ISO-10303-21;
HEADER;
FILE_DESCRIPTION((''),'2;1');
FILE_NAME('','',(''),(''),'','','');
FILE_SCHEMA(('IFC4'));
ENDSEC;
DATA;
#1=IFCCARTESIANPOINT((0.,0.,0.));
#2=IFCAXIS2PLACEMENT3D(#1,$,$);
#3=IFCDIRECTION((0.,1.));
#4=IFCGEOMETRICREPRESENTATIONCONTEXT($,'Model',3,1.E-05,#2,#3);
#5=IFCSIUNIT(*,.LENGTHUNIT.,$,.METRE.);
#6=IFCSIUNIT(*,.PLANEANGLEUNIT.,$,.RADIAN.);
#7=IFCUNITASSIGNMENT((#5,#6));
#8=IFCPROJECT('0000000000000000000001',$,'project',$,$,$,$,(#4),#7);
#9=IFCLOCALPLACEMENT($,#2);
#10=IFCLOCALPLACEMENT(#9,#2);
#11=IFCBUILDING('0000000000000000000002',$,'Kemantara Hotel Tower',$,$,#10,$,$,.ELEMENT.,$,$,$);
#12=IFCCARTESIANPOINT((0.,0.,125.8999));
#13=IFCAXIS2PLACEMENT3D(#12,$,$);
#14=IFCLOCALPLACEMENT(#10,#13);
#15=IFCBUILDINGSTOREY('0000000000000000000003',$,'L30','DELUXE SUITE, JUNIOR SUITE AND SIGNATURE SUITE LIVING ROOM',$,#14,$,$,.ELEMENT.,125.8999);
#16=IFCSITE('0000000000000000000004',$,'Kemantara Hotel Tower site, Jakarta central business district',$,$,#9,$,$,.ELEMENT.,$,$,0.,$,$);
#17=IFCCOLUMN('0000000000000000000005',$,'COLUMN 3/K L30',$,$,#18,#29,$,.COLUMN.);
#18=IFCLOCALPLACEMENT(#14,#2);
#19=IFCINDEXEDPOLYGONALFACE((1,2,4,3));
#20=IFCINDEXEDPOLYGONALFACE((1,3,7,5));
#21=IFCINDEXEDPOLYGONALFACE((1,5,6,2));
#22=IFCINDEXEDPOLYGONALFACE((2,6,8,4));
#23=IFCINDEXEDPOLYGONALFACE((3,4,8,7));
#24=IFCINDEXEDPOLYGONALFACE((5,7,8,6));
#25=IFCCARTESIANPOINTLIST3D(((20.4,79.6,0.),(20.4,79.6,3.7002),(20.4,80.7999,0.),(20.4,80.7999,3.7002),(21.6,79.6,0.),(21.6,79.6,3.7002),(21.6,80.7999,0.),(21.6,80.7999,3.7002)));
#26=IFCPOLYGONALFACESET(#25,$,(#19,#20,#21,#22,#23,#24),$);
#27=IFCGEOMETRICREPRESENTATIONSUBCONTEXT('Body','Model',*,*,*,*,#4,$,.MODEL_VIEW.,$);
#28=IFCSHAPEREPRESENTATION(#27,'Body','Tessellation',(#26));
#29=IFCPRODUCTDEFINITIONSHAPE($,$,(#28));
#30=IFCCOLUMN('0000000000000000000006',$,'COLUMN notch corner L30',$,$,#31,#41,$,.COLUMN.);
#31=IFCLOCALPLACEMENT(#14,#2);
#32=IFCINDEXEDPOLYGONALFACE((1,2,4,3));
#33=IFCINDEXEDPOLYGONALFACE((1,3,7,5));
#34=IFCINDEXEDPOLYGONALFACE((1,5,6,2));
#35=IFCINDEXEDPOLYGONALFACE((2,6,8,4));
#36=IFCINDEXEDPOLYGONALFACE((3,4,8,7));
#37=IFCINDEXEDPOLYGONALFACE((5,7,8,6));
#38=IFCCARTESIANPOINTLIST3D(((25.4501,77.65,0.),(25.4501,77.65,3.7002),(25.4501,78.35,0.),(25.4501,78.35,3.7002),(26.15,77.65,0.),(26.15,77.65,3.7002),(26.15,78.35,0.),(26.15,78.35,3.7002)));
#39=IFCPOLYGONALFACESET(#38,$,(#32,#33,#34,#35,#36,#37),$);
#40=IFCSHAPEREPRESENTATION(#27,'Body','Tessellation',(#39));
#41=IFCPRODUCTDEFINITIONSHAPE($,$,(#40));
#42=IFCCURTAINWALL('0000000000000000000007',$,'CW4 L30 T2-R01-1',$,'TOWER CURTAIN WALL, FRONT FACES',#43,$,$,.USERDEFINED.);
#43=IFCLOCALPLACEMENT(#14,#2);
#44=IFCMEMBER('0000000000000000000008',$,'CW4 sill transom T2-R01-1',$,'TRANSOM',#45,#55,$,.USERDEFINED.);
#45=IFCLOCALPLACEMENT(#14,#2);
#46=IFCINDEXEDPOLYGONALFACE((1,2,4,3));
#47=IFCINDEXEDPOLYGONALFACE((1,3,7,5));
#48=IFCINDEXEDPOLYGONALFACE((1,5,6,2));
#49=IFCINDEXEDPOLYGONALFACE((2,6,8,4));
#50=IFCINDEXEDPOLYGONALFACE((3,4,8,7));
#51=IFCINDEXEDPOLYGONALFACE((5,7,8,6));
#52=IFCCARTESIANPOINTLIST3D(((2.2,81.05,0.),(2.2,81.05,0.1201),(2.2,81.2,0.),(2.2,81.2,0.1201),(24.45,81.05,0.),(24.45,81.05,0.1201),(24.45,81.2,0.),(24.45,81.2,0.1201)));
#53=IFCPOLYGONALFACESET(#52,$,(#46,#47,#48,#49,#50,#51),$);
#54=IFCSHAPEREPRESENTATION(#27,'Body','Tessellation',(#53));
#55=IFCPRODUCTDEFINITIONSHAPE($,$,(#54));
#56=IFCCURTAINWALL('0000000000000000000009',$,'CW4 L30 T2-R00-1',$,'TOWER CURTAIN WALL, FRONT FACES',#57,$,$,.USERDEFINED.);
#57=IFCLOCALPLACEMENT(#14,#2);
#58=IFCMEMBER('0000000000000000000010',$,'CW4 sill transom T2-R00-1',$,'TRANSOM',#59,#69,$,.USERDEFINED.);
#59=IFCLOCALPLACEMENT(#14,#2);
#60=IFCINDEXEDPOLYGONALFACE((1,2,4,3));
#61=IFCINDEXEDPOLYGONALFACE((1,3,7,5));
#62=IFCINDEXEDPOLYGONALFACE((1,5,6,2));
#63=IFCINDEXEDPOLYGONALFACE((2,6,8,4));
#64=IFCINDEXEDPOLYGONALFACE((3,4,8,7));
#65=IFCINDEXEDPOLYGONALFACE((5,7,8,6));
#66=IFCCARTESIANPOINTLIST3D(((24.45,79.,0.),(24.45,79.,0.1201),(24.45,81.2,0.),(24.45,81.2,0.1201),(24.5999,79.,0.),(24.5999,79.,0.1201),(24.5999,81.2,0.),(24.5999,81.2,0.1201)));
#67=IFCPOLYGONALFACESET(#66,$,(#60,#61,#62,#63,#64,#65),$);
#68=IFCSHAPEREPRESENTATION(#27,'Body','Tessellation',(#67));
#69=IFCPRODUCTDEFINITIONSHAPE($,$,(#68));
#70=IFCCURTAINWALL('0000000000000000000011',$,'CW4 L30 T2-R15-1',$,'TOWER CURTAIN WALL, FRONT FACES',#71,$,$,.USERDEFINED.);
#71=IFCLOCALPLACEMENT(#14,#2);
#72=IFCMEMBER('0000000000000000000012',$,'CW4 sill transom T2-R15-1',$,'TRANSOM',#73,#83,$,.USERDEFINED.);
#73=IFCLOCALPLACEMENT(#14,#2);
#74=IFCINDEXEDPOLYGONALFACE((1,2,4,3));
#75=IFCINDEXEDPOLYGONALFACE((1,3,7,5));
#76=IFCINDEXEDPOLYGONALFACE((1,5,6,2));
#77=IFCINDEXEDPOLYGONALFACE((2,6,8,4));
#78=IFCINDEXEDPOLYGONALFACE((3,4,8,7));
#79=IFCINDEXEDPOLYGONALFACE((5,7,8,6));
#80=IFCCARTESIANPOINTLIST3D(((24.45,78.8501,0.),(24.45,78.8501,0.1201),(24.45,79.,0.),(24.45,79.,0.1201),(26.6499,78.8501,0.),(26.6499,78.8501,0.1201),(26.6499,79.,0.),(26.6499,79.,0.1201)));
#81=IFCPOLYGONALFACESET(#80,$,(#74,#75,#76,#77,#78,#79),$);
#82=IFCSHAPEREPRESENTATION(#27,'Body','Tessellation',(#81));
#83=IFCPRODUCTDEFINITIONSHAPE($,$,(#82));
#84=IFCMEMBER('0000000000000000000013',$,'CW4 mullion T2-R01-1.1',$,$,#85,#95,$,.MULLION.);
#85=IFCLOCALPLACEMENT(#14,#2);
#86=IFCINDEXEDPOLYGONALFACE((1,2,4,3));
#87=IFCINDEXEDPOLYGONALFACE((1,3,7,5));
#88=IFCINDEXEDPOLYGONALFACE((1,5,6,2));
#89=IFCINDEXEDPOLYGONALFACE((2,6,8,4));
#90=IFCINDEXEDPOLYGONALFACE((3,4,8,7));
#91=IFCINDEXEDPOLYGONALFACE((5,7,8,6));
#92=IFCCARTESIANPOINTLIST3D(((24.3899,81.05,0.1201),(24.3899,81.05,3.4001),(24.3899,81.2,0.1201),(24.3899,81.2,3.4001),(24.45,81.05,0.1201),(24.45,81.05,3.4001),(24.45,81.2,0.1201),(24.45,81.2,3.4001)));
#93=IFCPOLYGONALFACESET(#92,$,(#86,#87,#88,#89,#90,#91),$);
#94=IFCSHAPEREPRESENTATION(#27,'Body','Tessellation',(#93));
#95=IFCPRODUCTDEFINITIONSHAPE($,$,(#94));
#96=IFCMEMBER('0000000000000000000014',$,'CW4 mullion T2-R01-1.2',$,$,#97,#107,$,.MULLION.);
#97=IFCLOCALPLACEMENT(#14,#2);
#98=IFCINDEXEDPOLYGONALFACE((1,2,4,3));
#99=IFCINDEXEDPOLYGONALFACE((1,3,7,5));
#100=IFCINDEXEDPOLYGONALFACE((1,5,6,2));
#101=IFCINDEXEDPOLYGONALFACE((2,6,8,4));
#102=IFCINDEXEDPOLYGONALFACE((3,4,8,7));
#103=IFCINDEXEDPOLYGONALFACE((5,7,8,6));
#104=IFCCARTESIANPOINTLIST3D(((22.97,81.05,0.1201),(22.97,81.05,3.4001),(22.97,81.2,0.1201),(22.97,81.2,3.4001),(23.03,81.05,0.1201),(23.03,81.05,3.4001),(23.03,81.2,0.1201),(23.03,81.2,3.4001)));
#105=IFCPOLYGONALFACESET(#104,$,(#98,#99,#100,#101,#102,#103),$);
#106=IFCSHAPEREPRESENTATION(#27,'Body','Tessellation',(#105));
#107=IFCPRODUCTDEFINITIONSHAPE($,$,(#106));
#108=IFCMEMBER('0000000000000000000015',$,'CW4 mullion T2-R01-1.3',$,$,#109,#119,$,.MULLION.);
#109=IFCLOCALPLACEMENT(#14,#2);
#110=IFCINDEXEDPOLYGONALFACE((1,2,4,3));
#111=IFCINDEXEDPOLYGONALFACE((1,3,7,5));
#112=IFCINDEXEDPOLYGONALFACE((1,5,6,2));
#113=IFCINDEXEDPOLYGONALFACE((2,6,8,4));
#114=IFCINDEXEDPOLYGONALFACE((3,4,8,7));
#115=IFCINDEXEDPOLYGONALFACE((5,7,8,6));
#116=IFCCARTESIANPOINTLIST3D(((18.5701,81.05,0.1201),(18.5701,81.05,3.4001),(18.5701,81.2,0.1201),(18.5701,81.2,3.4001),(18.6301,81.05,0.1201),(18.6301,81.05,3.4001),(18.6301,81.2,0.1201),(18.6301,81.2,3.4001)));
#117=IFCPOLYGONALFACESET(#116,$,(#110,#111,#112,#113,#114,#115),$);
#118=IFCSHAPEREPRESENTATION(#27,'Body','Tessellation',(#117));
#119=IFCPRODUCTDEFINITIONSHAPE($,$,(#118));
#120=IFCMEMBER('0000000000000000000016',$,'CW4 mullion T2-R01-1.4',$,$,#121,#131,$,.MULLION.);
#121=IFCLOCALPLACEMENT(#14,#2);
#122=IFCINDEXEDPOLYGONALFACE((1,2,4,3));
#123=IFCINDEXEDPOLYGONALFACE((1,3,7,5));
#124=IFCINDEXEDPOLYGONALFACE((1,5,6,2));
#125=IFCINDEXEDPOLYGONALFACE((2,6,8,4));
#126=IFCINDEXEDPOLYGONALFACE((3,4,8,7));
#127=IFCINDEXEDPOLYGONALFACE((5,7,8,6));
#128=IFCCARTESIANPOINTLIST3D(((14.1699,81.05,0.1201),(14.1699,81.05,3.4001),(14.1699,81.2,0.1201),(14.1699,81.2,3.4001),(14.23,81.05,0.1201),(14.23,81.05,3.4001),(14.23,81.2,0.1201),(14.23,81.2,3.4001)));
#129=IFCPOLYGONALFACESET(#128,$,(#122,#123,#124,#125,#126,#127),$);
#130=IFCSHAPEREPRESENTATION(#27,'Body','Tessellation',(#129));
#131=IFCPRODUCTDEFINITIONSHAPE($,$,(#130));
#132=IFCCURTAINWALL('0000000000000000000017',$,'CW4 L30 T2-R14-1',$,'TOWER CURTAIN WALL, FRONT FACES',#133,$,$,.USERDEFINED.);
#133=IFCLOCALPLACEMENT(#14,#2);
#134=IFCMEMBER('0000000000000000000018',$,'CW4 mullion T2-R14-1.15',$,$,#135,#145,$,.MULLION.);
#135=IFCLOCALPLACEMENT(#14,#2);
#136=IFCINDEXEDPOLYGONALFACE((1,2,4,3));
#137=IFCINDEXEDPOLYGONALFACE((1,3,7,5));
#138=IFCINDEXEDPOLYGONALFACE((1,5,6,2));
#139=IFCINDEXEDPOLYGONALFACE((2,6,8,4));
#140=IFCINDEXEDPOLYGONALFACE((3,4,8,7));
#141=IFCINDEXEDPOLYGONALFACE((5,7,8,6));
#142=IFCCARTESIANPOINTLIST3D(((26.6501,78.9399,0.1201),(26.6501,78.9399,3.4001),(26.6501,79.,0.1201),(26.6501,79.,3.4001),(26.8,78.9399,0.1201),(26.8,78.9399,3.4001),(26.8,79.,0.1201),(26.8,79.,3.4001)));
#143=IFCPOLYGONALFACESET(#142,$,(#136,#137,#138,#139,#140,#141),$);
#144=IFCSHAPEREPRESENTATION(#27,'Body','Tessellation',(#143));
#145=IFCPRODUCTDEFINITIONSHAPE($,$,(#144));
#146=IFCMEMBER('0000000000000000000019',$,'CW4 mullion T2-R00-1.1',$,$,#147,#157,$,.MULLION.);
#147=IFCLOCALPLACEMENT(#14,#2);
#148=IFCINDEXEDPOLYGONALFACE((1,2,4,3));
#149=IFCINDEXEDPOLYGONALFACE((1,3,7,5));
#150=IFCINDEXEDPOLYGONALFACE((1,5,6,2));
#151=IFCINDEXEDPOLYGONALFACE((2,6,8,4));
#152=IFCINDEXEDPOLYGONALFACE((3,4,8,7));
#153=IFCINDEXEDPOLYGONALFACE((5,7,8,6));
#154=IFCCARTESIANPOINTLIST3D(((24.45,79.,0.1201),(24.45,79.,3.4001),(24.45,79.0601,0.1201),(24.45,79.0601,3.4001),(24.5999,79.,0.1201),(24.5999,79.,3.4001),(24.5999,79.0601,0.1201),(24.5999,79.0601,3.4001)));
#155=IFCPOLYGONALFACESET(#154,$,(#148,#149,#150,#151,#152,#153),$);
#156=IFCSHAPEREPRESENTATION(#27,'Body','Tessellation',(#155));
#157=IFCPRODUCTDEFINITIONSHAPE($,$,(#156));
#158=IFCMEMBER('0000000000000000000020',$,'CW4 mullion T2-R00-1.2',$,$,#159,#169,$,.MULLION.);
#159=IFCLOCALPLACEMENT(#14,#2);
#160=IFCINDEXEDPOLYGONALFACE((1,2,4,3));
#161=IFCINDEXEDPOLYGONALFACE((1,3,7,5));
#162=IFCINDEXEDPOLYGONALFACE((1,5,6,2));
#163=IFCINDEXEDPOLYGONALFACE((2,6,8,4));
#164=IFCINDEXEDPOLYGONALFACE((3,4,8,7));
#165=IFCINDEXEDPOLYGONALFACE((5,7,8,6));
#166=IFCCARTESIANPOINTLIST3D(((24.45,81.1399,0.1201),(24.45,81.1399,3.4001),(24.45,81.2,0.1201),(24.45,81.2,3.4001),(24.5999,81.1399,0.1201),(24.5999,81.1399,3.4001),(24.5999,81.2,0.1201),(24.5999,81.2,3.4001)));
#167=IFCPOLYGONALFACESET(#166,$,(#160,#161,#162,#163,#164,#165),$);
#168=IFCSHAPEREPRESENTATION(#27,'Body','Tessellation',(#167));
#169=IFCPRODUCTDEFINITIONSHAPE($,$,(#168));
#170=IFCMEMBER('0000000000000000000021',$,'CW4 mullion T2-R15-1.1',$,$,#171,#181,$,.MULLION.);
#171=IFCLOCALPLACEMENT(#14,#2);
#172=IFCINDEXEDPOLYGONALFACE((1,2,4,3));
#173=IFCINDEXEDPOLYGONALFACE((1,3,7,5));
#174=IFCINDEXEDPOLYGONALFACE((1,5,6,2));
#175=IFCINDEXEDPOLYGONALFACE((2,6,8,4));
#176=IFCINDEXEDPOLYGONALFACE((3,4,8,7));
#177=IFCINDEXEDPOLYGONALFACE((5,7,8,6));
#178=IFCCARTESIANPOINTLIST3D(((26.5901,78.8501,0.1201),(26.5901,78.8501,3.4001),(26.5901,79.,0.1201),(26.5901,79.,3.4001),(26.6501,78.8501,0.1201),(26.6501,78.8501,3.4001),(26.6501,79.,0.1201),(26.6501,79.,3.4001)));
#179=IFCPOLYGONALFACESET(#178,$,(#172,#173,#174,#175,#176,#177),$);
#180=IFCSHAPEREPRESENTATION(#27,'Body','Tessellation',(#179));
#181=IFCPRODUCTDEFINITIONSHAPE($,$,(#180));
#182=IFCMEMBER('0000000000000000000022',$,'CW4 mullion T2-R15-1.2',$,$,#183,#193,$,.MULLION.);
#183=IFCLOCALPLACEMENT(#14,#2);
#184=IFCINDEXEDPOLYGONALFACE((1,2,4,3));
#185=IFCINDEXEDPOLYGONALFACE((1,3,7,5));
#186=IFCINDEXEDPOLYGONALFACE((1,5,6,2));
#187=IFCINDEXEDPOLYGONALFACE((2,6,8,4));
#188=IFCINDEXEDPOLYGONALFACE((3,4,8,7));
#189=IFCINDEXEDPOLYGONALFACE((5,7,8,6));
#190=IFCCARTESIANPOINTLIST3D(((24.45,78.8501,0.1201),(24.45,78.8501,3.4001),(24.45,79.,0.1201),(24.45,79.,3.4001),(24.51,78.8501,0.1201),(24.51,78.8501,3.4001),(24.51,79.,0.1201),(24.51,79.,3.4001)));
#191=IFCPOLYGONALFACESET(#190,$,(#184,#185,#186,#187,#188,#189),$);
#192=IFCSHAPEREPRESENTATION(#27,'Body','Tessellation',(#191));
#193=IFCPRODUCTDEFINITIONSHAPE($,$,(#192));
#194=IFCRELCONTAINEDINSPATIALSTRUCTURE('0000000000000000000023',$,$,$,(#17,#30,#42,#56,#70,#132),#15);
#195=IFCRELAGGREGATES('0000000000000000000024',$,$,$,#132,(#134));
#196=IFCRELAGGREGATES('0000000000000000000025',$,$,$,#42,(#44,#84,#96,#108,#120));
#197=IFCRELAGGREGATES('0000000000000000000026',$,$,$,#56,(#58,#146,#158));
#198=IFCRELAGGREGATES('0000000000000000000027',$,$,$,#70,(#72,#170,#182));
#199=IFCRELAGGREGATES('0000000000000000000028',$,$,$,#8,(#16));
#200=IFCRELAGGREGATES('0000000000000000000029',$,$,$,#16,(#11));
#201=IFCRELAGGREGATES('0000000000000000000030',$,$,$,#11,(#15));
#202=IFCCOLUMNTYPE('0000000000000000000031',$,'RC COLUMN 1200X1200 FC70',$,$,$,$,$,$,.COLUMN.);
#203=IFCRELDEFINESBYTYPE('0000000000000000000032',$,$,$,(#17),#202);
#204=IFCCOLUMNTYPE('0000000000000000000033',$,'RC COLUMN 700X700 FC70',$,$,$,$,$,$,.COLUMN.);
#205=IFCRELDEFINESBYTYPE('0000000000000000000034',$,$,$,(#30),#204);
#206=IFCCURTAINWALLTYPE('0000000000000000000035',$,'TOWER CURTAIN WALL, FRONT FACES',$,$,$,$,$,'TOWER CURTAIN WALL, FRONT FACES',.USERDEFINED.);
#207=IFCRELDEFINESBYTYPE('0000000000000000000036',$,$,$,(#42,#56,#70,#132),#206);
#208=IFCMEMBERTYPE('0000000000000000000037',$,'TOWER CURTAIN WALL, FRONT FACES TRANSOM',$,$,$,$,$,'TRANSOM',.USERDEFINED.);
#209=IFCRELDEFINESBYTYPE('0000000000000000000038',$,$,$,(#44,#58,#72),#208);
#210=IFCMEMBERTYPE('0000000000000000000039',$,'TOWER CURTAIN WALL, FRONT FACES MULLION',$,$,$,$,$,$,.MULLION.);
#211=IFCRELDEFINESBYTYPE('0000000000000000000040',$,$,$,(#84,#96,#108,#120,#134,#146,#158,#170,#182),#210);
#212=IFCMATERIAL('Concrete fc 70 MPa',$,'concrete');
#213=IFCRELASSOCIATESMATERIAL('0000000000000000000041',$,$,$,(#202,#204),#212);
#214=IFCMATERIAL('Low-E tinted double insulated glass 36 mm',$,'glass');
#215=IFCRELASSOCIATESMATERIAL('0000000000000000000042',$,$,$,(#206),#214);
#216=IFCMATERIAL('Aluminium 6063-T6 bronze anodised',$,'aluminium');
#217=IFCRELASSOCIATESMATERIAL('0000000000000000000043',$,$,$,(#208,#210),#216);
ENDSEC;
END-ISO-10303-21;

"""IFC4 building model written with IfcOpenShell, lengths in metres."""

from ifc_helpers import new_model, si_unit, direction, frame, origin, origin_2d, place, context, subcontext, project, spatial, rectangle, extrude, source, transform, mapped, material, material_profile, profile_set, type_object, element, aggregate, save


model = new_model("IFC4")

# Units and contexts
model_context = context("Model", 3, precision=1e-05, world=origin(), true_north=direction((0.0, 1.0)))
body_context = subcontext(model_context, "Body", "Model", "MODEL_VIEW")
ifc_project = project(units=[si_unit("LENGTHUNIT", "METRE"), si_unit("PLANEANGLEUNIT", "RADIAN")], contexts=[model_context])

# Site, building, storey
site_placement = place(None, origin())
site = spatial("IfcSite", under=ifc_project, at=site_placement, Name="Kemantara Hotel Tower site, Jakarta central business district", CompositionType="ELEMENT", RefElevation=0.0)
building_placement = place(site_placement, origin())
building = spatial("IfcBuilding", under=site, at=building_placement, Name="Kemantara Hotel Tower", CompositionType="ELEMENT")
storey_placement = place(building_placement, frame((0.0, 0.0, 125.8999)))
storey = spatial("IfcBuildingStorey", under=building, at=storey_placement, Name="L30", Description="DELUXE SUITE, JUNIOR SUITE AND SIGNATURE SUITE LIVING ROOM", CompositionType="ELEMENT", Elevation=125.8999)

# Columns
ifc_material_1 = material(Name="Concrete fc 70 MPa", Category="concrete")
ifc_material_profile_1 = material_profile(ifc_material_1, rectangle(XDim=1.2, YDim=1.2, at=origin_2d()), Name="RC 1200X1200")
ifc_profile_set_1 = profile_set([ifc_material_profile_1], Name="Concrete fc 70 MPa")
column_type_1 = type_object("IfcColumnType", Name="RC COLUMN 1200X1200 FC70", PredefinedType="COLUMN", material=ifc_profile_set_1)
column_1_placement = place(storey_placement, frame((21.0, 80.2, 0.0), z_axis=(0.0, 0.0, 1.0), x_axis=(1.0, 0.0, 0.0)))
element("IfcColumn", 1, at=column_1_placement, inside=storey, type_object=column_type_1, Name="COLUMN 3/K L30", PredefinedType="COLUMN", context=body_context, shape_type="SweptSolid", body=[
    extrude(rectangle(XDim=1.2, YDim=1.2, at=origin_2d()), origin(), (0.0, 0.0, 1.0), 3.7002),
])
ifc_material_profile_2 = material_profile(ifc_material_1, rectangle(XDim=0.7, YDim=0.7, at=origin_2d()), Name="RC 700X700")
ifc_profile_set_2 = profile_set([ifc_material_profile_2], Name="Concrete fc 70 MPa")
column_type_2 = type_object("IfcColumnType", Name="RC COLUMN 700X700 FC70", PredefinedType="COLUMN", material=ifc_profile_set_2)
column_2_placement = place(storey_placement, frame((25.8, 78.0, 0.0), z_axis=(0.0, 0.0, 1.0), x_axis=(1.0, 0.0, 0.0)))
element("IfcColumn", 2, at=column_2_placement, inside=storey, type_object=column_type_2, Name="COLUMN notch corner L30", PredefinedType="COLUMN", context=body_context, shape_type="SweptSolid", body=[
    extrude(rectangle(XDim=0.7, YDim=0.7, at=origin_2d()), origin(), (0.0, 0.0, 1.0), 3.7002),
])

# Curtain walls, members
ifc_material_2 = material(Name="Low-E tinted double insulated glass 36 mm", Category="glass")
curtain_wall_type = type_object("IfcCurtainWallType", Name="TOWER CURTAIN WALL, FRONT FACES", ElementType="TOWER CURTAIN WALL, FRONT FACES", PredefinedType="USERDEFINED", material=ifc_material_2)
curtain_wall_1_placement = place(storey_placement, origin())
curtain_wall_1 = element("IfcCurtainWall", 3, at=curtain_wall_1_placement, inside=storey, type_object=curtain_wall_type, Name="CW4 L30 T2-R01-1", ObjectType="TOWER CURTAIN WALL, FRONT FACES", PredefinedType="USERDEFINED")
ifc_material_3 = material(Name="Aluminium 6063-T6 bronze anodised", Category="aluminium")
ifc_material_profile_3 = material_profile(ifc_material_3, rectangle(XDim=0.1499, YDim=0.1201, at=origin_2d()), Name="TOWER CURTAIN WALL, FRONT FACES TRANSOM")
ifc_profile_set_3 = profile_set([ifc_material_profile_3], Name="Aluminium 6063-T6 bronze anodised")
member_type_1 = type_object("IfcMemberType", Name="TOWER CURTAIN WALL, FRONT FACES TRANSOM", ElementType="TRANSOM", PredefinedType="USERDEFINED", material=ifc_profile_set_3)
member_1_placement = place(storey_placement, frame((24.45, 81.125, 0.0601), z_axis=(-1.0, 0.0, 0.0), x_axis=(0.0, -1.0, 0.0)))
member_1 = element("IfcMember", 4, at=member_1_placement, type_object=member_type_1, Name="CW4 sill transom T2-R01-1", ObjectType="TRANSOM", PredefinedType="USERDEFINED", context=body_context, shape_type="SweptSolid", body=[
    extrude(rectangle(XDim=0.1499, YDim=0.1201, at=origin_2d()), origin(), (0.0, 0.0, 1.0), 22.25),
])
curtain_wall_2_placement = place(storey_placement, origin())
curtain_wall_2 = element("IfcCurtainWall", 5, at=curtain_wall_2_placement, inside=storey, type_object=curtain_wall_type, Name="CW4 L30 T2-R00-1", ObjectType="TOWER CURTAIN WALL, FRONT FACES", PredefinedType="USERDEFINED")
member_2_placement = place(storey_placement, frame((24.5249, 79.0, 0.0601), z_axis=(0.0, 1.0, 0.0), x_axis=(-1.0, 0.0, 0.0)))
member_2 = element("IfcMember", 6, at=member_2_placement, type_object=member_type_1, Name="CW4 sill transom T2-R00-1", ObjectType="TRANSOM", PredefinedType="USERDEFINED", context=body_context, shape_type="SweptSolid", body=[
    extrude(rectangle(XDim=0.1499, YDim=0.1201, at=origin_2d()), origin(), (0.0, 0.0, 1.0), 2.2),
])
curtain_wall_3_placement = place(storey_placement, origin())
curtain_wall_3 = element("IfcCurtainWall", 7, at=curtain_wall_3_placement, inside=storey, type_object=curtain_wall_type, Name="CW4 L30 T2-R15-1", ObjectType="TOWER CURTAIN WALL, FRONT FACES", PredefinedType="USERDEFINED")
member_3_placement = place(storey_placement, frame((26.6499, 78.925, 0.0601), z_axis=(-1.0, 0.0, 0.0), x_axis=(0.0, -1.0, 0.0)))
member_3 = element("IfcMember", 8, at=member_3_placement, type_object=member_type_1, Name="CW4 sill transom T2-R15-1", ObjectType="TRANSOM", PredefinedType="USERDEFINED", context=body_context, shape_type="SweptSolid", body=[
    extrude(rectangle(XDim=0.1499, YDim=0.1201, at=origin_2d()), origin(), (0.0, 0.0, 1.0), 2.2),
])

# Members
ifc_material_profile_4 = material_profile(ifc_material_3, rectangle(XDim=0.1499, YDim=0.0601, at=origin_2d()), Name="TOWER CURTAIN WALL, FRONT FACES MULLION")
ifc_profile_set_4 = profile_set([ifc_material_profile_4], Name="Aluminium 6063-T6 bronze anodised")
member_type_2 = type_object("IfcMemberType", Name="TOWER CURTAIN WALL, FRONT FACES MULLION", PredefinedType="MULLION", material=ifc_profile_set_4)
shared_shape_1 = source(origin(), body_context, "Body", "SweptSolid", [
    extrude(rectangle(XDim=0.1499, YDim=0.0601, at=origin_2d()), origin(), (0.0, 0.0, 1.0), 3.28),
])
member_4_placement = place(storey_placement, frame((24.4199, 81.125, 0.1201), z_axis=(0.0, 0.0, 1.0), x_axis=(0.0, -1.0, 0.0)))
member_4 = element("IfcMember", 9, at=member_4_placement, type_object=member_type_2, Name="CW4 mullion T2-R01-1.1", PredefinedType="MULLION", context=body_context, shape_type="MappedRepresentation", body=[
    mapped(shared_shape_1, transform((0.0, 0.0, 0.0))),
])
member_5_placement = place(storey_placement, frame((23.0, 81.125, 0.1201), z_axis=(0.0, 0.0, 1.0), x_axis=(0.0, -1.0, 0.0)))
member_5 = element("IfcMember", 10, at=member_5_placement, type_object=member_type_2, Name="CW4 mullion T2-R01-1.2", PredefinedType="MULLION", context=body_context, shape_type="MappedRepresentation", body=[
    mapped(shared_shape_1, transform((0.0, 0.0, 0.0))),
])
member_6_placement = place(storey_placement, frame((18.6001, 81.125, 0.1201), z_axis=(0.0, 0.0, 1.0), x_axis=(0.0, -1.0, 0.0)))
member_6 = element("IfcMember", 11, at=member_6_placement, type_object=member_type_2, Name="CW4 mullion T2-R01-1.3", PredefinedType="MULLION", context=body_context, shape_type="MappedRepresentation", body=[
    mapped(shared_shape_1, transform((0.0, 0.0, 0.0))),
])
member_7_placement = place(storey_placement, frame((14.2, 81.125, 0.1201), z_axis=(0.0, 0.0, 1.0), x_axis=(0.0, -1.0, 0.0)))
member_7 = element("IfcMember", 12, at=member_7_placement, type_object=member_type_2, Name="CW4 mullion T2-R01-1.4", PredefinedType="MULLION", context=body_context, shape_type="MappedRepresentation", body=[
    mapped(shared_shape_1, transform((0.0, 0.0, 0.0))),
])

# Curtain wall, member
curtain_wall_4_placement = place(storey_placement, origin())
curtain_wall_4 = element("IfcCurtainWall", 13, at=curtain_wall_4_placement, inside=storey, type_object=curtain_wall_type, Name="CW4 L30 T2-R14-1", ObjectType="TOWER CURTAIN WALL, FRONT FACES", PredefinedType="USERDEFINED")
member_8_placement = place(storey_placement, frame((26.7251, 78.97, 0.1201), z_axis=(0.0, 0.0, 1.0), x_axis=(-1.0, 0.0, 0.0)))
member_8 = element("IfcMember", 14, at=member_8_placement, type_object=member_type_2, Name="CW4 mullion T2-R14-1.15", PredefinedType="MULLION", context=body_context, shape_type="MappedRepresentation", body=[
    mapped(shared_shape_1, transform((0.0, 0.0, 0.0))),
])
aggregate(curtain_wall_4, [member_8])

# Members
member_9_placement = place(storey_placement, frame((24.5249, 79.03, 0.1201), z_axis=(0.0, 0.0, 1.0), x_axis=(-1.0, 0.0, 0.0)))
member_9 = element("IfcMember", 15, at=member_9_placement, type_object=member_type_2, Name="CW4 mullion T2-R00-1.1", PredefinedType="MULLION", context=body_context, shape_type="MappedRepresentation", body=[
    mapped(shared_shape_1, transform((0.0, 0.0, 0.0))),
])
member_10_placement = place(storey_placement, frame((24.5249, 81.1699, 0.1201), z_axis=(0.0, 0.0, 1.0), x_axis=(-1.0, 0.0, 0.0)))
member_10 = element("IfcMember", 16, at=member_10_placement, type_object=member_type_2, Name="CW4 mullion T2-R00-1.2", PredefinedType="MULLION", context=body_context, shape_type="MappedRepresentation", body=[
    mapped(shared_shape_1, transform((0.0, 0.0, 0.0))),
])
member_11_placement = place(storey_placement, frame((26.6201, 78.925, 0.1201), z_axis=(0.0, 0.0, 1.0), x_axis=(0.0, -1.0, 0.0)))
member_11 = element("IfcMember", 17, at=member_11_placement, type_object=member_type_2, Name="CW4 mullion T2-R15-1.1", PredefinedType="MULLION", context=body_context, shape_type="MappedRepresentation", body=[
    mapped(shared_shape_1, transform((0.0, 0.0, 0.0))),
])
member_12_placement = place(storey_placement, frame((24.48, 78.925, 0.1201), z_axis=(0.0, 0.0, 1.0), x_axis=(0.0, -1.0, 0.0)))
member_12 = element("IfcMember", 18, at=member_12_placement, type_object=member_type_2, Name="CW4 mullion T2-R15-1.2", PredefinedType="MULLION", context=body_context, shape_type="MappedRepresentation", body=[
    mapped(shared_shape_1, transform((0.0, 0.0, 0.0))),
])

aggregate(curtain_wall_1, [member_1, member_4, member_5, member_6, member_7])
aggregate(curtain_wall_2, [member_2, member_9, member_10])
aggregate(curtain_wall_3, [member_3, member_11, member_12])

save(model, "model.ifc")
